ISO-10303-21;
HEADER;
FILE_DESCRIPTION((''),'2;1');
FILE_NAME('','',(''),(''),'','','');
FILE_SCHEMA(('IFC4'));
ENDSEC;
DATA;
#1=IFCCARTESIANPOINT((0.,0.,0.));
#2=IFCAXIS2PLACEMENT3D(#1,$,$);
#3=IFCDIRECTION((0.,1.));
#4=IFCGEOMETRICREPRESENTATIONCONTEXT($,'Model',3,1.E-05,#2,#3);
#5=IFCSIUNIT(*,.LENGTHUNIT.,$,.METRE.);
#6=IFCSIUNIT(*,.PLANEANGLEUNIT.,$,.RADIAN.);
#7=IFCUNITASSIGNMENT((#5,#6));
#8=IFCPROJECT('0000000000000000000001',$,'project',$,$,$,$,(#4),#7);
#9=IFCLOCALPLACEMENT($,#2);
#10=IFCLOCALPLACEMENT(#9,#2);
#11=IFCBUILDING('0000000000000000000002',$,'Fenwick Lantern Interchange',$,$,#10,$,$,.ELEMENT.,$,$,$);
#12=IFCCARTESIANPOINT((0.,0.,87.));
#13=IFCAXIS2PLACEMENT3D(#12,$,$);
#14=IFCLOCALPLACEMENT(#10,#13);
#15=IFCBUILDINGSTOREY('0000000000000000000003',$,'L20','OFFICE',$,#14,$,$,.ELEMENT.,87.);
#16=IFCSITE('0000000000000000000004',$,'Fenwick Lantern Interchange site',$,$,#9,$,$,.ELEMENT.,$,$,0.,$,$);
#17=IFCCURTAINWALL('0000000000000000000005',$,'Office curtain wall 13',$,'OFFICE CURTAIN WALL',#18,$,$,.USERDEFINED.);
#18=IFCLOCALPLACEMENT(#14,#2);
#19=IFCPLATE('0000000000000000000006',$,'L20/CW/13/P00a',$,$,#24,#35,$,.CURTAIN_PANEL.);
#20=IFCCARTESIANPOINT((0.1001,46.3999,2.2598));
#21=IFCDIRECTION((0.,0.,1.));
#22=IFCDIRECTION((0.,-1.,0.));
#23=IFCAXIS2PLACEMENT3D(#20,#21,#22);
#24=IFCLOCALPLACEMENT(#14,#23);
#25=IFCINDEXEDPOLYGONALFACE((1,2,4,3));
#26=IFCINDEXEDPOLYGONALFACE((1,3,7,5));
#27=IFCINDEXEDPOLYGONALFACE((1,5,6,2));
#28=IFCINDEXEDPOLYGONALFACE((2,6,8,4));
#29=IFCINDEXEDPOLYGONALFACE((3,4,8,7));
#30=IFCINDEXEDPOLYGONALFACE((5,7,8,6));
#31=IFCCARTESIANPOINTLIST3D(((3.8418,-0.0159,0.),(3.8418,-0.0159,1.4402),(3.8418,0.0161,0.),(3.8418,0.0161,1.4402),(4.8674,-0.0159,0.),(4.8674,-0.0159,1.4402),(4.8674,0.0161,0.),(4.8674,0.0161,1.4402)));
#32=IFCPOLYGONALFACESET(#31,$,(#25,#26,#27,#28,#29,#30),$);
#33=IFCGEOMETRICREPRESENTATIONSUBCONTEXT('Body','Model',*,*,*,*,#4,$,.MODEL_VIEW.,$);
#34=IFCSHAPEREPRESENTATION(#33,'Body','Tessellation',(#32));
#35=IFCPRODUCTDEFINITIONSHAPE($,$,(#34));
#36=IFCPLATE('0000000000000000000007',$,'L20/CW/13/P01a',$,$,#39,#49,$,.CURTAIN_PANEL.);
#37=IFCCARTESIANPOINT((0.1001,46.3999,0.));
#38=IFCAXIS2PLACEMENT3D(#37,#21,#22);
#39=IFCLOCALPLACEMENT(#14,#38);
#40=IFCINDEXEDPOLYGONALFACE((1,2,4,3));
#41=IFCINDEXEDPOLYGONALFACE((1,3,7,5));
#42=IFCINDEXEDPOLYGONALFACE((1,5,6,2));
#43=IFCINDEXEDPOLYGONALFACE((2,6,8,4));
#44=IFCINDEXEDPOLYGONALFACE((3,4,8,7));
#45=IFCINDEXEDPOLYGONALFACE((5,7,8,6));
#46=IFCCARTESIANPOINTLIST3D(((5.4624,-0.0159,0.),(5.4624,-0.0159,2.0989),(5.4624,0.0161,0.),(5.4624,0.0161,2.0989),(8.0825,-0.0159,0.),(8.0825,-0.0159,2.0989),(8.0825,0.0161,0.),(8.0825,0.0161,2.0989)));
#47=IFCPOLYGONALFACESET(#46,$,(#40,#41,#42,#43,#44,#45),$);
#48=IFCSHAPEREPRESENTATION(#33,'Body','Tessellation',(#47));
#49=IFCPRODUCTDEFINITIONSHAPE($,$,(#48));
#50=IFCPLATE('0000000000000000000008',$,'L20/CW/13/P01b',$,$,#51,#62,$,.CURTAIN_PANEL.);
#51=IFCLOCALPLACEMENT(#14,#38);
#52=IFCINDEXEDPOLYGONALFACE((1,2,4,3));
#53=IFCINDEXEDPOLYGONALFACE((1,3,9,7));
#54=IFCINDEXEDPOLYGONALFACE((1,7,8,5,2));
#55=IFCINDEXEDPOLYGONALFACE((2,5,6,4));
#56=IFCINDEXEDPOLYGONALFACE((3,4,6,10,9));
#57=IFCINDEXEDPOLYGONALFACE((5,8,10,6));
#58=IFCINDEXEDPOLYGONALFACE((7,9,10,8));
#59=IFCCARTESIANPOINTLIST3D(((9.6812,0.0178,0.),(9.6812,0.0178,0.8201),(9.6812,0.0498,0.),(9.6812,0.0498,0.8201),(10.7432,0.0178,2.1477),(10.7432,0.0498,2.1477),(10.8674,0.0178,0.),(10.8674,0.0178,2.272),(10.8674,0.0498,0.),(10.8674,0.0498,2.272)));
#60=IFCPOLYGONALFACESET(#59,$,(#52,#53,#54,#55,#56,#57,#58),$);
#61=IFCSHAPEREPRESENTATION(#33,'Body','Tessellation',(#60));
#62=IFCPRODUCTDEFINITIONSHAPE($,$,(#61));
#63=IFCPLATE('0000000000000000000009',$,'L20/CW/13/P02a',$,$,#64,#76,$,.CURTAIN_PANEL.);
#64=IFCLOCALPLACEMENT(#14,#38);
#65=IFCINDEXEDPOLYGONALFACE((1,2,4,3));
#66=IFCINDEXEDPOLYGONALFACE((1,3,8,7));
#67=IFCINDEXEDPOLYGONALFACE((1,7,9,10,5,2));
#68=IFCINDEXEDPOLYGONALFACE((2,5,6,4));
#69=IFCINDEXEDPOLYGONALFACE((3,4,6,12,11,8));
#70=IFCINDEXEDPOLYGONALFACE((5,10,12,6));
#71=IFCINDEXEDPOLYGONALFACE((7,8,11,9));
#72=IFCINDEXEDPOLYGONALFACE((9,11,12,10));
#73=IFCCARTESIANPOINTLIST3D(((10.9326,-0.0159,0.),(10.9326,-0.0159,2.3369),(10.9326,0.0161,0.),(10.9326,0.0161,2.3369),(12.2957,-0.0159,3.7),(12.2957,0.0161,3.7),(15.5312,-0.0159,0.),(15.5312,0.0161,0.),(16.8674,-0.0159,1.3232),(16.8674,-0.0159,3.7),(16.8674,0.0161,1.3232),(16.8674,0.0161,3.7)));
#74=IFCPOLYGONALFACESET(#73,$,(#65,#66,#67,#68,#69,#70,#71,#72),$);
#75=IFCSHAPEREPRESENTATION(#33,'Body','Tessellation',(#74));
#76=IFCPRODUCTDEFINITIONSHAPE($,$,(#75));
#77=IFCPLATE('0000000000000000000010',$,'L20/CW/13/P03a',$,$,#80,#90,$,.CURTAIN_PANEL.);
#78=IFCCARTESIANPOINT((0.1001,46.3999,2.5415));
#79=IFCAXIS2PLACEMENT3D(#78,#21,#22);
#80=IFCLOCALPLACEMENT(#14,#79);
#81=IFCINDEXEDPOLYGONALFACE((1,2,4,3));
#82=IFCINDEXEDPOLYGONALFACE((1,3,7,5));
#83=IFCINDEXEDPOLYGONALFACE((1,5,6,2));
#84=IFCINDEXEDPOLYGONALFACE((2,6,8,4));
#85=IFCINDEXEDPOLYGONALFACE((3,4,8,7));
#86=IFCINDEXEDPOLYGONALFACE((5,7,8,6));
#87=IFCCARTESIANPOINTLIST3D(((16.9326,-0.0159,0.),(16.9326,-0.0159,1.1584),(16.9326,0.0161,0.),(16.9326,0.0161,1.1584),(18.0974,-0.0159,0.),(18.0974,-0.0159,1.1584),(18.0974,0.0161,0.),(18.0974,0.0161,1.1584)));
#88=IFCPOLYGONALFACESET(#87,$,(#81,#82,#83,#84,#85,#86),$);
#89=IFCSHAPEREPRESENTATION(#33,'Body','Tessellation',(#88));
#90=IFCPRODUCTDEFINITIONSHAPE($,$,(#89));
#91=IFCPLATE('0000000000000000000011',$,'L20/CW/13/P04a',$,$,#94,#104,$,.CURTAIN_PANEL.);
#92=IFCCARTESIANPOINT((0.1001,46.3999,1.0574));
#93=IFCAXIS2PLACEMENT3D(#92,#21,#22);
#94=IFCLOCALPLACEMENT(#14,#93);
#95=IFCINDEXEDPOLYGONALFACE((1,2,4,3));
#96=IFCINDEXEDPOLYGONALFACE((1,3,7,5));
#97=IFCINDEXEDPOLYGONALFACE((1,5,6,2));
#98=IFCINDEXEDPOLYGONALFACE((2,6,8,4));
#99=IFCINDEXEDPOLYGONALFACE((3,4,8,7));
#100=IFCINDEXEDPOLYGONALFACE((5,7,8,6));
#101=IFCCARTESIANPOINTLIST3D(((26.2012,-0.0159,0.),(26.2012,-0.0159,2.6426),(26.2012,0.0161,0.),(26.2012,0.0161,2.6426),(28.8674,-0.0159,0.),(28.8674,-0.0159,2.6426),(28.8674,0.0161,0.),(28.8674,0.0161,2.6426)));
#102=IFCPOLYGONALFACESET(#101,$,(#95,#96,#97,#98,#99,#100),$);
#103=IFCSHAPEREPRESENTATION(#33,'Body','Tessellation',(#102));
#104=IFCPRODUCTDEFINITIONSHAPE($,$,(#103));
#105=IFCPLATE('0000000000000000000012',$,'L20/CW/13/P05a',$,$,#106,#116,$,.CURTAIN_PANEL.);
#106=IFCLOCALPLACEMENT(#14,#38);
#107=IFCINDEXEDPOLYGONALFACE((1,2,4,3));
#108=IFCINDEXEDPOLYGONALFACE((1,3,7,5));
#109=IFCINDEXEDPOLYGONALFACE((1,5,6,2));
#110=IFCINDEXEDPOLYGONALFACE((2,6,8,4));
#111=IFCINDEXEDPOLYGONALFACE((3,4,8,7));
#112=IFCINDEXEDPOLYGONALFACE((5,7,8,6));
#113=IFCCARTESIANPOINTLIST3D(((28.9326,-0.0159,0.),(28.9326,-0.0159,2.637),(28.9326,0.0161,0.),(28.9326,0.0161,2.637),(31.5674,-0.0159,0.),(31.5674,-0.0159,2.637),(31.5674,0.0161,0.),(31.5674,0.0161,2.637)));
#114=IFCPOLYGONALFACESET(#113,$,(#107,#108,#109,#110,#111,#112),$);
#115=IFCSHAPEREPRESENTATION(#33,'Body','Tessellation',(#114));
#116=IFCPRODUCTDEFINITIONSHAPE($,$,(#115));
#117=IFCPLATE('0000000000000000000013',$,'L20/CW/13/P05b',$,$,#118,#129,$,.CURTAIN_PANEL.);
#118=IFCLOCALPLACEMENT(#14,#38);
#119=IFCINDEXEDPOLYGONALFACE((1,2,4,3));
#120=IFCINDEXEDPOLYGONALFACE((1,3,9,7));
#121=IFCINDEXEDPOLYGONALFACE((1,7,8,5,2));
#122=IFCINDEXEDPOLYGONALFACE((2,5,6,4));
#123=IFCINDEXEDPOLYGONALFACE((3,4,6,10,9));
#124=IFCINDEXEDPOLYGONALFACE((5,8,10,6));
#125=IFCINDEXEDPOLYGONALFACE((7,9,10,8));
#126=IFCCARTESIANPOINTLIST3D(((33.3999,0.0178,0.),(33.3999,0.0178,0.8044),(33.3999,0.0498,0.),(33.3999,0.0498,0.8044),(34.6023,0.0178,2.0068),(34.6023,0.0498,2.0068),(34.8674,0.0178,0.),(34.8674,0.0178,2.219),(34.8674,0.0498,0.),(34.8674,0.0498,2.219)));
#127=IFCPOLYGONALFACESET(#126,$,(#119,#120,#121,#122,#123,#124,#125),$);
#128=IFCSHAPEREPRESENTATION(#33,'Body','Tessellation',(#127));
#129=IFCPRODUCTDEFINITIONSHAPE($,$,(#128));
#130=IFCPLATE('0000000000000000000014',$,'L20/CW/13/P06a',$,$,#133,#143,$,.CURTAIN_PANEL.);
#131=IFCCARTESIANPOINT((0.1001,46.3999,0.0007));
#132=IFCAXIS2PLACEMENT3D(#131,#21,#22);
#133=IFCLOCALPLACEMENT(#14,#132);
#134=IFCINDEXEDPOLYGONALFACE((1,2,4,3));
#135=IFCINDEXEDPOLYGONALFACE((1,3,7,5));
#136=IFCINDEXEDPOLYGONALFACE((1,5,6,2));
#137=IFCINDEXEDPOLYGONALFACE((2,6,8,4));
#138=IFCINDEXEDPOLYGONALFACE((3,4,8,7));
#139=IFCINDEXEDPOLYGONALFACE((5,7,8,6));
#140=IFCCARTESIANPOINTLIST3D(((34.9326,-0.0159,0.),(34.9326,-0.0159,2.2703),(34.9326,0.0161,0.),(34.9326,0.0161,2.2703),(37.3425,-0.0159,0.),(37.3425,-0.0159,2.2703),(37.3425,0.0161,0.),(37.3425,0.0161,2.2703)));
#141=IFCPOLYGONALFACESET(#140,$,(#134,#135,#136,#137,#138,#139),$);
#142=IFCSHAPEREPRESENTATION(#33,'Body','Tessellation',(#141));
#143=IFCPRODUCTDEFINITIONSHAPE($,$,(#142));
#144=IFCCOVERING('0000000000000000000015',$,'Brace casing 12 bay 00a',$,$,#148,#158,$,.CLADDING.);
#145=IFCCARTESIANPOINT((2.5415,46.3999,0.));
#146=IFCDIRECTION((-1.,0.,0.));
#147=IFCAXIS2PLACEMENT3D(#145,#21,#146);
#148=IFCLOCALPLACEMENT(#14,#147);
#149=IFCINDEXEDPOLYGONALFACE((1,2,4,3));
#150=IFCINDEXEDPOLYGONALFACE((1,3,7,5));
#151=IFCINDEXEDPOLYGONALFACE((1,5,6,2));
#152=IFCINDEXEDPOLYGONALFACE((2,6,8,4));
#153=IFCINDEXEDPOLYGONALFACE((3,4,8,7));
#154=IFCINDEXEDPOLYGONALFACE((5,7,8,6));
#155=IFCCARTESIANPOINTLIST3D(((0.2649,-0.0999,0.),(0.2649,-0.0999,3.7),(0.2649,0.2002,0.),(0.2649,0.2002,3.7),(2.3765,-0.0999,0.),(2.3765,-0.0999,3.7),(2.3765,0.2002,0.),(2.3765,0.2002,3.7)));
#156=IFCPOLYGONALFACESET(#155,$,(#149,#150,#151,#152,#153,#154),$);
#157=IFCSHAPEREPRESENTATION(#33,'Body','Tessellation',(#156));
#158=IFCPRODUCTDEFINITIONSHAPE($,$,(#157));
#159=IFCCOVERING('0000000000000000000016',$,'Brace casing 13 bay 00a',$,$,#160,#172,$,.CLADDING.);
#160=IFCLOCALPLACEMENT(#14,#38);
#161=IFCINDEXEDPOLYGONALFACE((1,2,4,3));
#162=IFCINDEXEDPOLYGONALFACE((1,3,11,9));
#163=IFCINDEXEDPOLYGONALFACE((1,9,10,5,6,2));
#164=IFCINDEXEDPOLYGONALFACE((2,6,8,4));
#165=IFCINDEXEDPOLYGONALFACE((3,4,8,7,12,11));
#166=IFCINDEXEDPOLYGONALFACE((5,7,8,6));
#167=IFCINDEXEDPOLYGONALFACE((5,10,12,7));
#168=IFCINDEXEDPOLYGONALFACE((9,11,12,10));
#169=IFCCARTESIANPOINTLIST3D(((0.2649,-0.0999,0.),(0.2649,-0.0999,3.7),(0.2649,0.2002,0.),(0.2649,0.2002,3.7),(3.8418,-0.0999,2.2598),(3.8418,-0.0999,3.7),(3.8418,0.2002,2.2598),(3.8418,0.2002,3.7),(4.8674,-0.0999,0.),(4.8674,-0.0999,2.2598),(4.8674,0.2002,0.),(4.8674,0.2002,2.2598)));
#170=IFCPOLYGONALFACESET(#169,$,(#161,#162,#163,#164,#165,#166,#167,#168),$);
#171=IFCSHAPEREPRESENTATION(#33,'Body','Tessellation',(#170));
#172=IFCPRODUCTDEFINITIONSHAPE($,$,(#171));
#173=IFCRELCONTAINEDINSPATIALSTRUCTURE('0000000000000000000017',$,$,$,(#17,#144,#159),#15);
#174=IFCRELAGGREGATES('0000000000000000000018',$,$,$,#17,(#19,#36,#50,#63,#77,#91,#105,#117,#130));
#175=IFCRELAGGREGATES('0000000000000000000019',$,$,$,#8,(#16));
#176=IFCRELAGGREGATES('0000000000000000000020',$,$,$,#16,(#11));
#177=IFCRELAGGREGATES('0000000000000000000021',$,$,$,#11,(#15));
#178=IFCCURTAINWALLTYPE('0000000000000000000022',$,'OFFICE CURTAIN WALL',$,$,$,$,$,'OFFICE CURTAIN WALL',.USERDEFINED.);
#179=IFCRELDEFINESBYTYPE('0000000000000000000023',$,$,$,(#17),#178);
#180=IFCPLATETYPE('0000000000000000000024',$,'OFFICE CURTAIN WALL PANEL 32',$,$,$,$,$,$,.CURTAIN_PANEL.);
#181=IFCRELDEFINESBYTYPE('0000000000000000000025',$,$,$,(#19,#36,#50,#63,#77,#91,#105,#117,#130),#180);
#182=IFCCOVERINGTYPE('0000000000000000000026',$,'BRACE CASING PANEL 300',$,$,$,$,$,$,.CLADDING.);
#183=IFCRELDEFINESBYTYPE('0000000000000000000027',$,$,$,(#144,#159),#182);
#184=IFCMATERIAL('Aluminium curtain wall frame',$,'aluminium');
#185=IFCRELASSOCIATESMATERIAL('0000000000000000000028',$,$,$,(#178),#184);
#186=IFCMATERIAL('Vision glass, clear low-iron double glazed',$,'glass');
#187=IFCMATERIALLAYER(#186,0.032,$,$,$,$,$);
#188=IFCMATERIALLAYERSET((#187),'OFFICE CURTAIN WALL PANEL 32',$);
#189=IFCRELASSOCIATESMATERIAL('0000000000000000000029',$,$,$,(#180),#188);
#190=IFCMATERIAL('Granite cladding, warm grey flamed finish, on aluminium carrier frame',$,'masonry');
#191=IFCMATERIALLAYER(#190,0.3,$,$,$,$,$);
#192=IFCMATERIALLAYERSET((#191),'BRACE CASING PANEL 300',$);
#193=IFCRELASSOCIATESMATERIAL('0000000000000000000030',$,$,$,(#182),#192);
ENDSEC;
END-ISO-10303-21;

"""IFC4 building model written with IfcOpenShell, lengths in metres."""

from ifc_helpers import new_model, si_unit, direction, frame, origin, place, context, subcontext, project, spatial, polyline, outline, extrude, material, layer, layer_set, type_object, element, aggregate, save


model = new_model("IFC4")

# Units and contexts
model_context = context("Model", 3, precision=1e-05, world=origin(), true_north=direction((0.0, 1.0)))
body_context = subcontext(model_context, "Body", "Model", "MODEL_VIEW")
ifc_project = project(units=[si_unit("LENGTHUNIT", "METRE"), si_unit("PLANEANGLEUNIT", "RADIAN")], contexts=[model_context])

# Site, building, storey
site_placement = place(None, origin())
site = spatial("IfcSite", under=ifc_project, at=site_placement, Name="Fenwick Lantern Interchange site", CompositionType="ELEMENT", RefElevation=0.0)
building_placement = place(site_placement, origin())
building = spatial("IfcBuilding", under=site, at=building_placement, Name="Fenwick Lantern Interchange", CompositionType="ELEMENT")
storey_placement = place(building_placement, frame((0.0, 0.0, 87.0)))
storey = spatial("IfcBuildingStorey", under=building, at=storey_placement, Name="L20", Description="OFFICE", CompositionType="ELEMENT", Elevation=87.0)

# Shared definitions
ifc_material_1 = material(Name="Aluminium curtain wall frame", Category="aluminium")
curtain_wall_type = type_object("IfcCurtainWallType", Name="OFFICE CURTAIN WALL", ElementType="OFFICE CURTAIN WALL", PredefinedType="USERDEFINED", material=ifc_material_1)

# Curtain wall
curtain_wall_1_placement = place(storey_placement, origin())
curtain_wall_1 = element("IfcCurtainWall", 1, at=curtain_wall_1_placement, inside=storey, type_object=curtain_wall_type, Name="Office curtain wall 13", ObjectType="OFFICE CURTAIN WALL", PredefinedType="USERDEFINED")

# Plates
ifc_material_2 = material(Name="Vision glass, clear low-iron double glazed", Category="glass")
ifc_layer_1 = layer(ifc_material_2, 0.032)
ifc_layer_set_1 = layer_set([ifc_layer_1], Name="OFFICE CURTAIN WALL PANEL 32")
plate_type = type_object("IfcPlateType", Name="OFFICE CURTAIN WALL PANEL 32", PredefinedType="CURTAIN_PANEL", material=ifc_layer_set_1)
plate_1_placement = place(storey_placement, frame((0.1001, 46.3999, 2.2598), z_axis=(0.0, 0.0, 1.0), x_axis=(0.0, -1.0, 0.0)))
plate_1 = element("IfcPlate", 2, at=plate_1_placement, type_object=plate_type, Name="L20/CW/13/P00a", PredefinedType="CURTAIN_PANEL", context=body_context, shape_type="SweptSolid", body=[
    extrude(outline(polyline([(3.8418, 0.0), (4.8674, 0.0), (4.8674, 1.4402), (3.8418, 1.4402), (3.8418, 0.0)])), frame((0.0, 0.0161, 0.0), z_axis=(0.0, -1.0, 0.0), x_axis=(1.0, 0.0, 0.0)), (0.0, 0.0, 1.0), 0.032),
])
plate_2_placement = place(storey_placement, frame((0.1001, 46.3999, 0.0), z_axis=(0.0, 0.0, 1.0), x_axis=(0.0, -1.0, 0.0)))
plate_2 = element("IfcPlate", 3, at=plate_2_placement, type_object=plate_type, Name="L20/CW/13/P01a", PredefinedType="CURTAIN_PANEL", context=body_context, shape_type="SweptSolid", body=[
    extrude(outline(polyline([(5.4624, 0.0), (8.0825, 0.0), (8.0825, 2.0989), (5.4624, 2.0989), (5.4624, 0.0)])), frame((0.0, 0.0161, 0.0), z_axis=(0.0, -1.0, 0.0), x_axis=(1.0, 0.0, 0.0)), (0.0, 0.0, 1.0), 0.032),
])
plate_3_placement = place(storey_placement, frame((0.1001, 46.3999, 0.0), z_axis=(0.0, 0.0, 1.0), x_axis=(0.0, -1.0, 0.0)))
plate_3 = element("IfcPlate", 4, at=plate_3_placement, type_object=plate_type, Name="L20/CW/13/P01b", PredefinedType="CURTAIN_PANEL", context=body_context, shape_type="SweptSolid", body=[
    extrude(outline(polyline([(9.6812, 0.0), (10.8674, 0.0), (10.8674, 2.272), (10.7432, 2.1477), (9.6812, 0.8201), (9.6812, 0.0)])), frame((0.0, 0.0498, 0.0), z_axis=(0.0, -1.0, 0.0), x_axis=(1.0, 0.0, 0.0)), (0.0, 0.0, 1.0), 0.032),
])
plate_4_placement = place(storey_placement, frame((0.1001, 46.3999, 0.0), z_axis=(0.0, 0.0, 1.0), x_axis=(0.0, -1.0, 0.0)))
plate_4 = element("IfcPlate", 5, at=plate_4_placement, type_object=plate_type, Name="L20/CW/13/P02a", PredefinedType="CURTAIN_PANEL", context=body_context, shape_type="SweptSolid", body=[
    extrude(outline(polyline([(10.9326, 0.0), (15.5312, 0.0), (16.8674, 1.3232), (16.8674, 3.7), (12.2957, 3.7), (10.9326, 2.3369), (10.9326, 0.0)])), frame((0.0, 0.0161, 0.0), z_axis=(0.0, -1.0, 0.0), x_axis=(1.0, 0.0, 0.0)), (0.0, 0.0, 1.0), 0.032),
])
plate_5_placement = place(storey_placement, frame((0.1001, 46.3999, 2.5415), z_axis=(0.0, 0.0, 1.0), x_axis=(0.0, -1.0, 0.0)))
plate_5 = element("IfcPlate", 6, at=plate_5_placement, type_object=plate_type, Name="L20/CW/13/P03a", PredefinedType="CURTAIN_PANEL", context=body_context, shape_type="SweptSolid", body=[
    extrude(outline(polyline([(16.9326, 0.0), (18.0974, 0.0), (18.0974, 1.1584), (16.9326, 1.1584), (16.9326, 0.0)])), frame((0.0, 0.0161, 0.0), z_axis=(0.0, -1.0, 0.0), x_axis=(1.0, 0.0, 0.0)), (0.0, 0.0, 1.0), 0.032),
])
plate_6_placement = place(storey_placement, frame((0.1001, 46.3999, 1.0574), z_axis=(0.0, 0.0, 1.0), x_axis=(0.0, -1.0, 0.0)))
plate_6 = element("IfcPlate", 7, at=plate_6_placement, type_object=plate_type, Name="L20/CW/13/P04a", PredefinedType="CURTAIN_PANEL", context=body_context, shape_type="SweptSolid", body=[
    extrude(outline(polyline([(26.2012, 0.0), (28.8674, 0.0), (28.8674, 2.6426), (26.2012, 2.6426), (26.2012, 0.0)])), frame((0.0, 0.0161, 0.0), z_axis=(0.0, -1.0, 0.0), x_axis=(1.0, 0.0, 0.0)), (0.0, 0.0, 1.0), 0.032),
])
plate_7_placement = place(storey_placement, frame((0.1001, 46.3999, 0.0), z_axis=(0.0, 0.0, 1.0), x_axis=(0.0, -1.0, 0.0)))
plate_7 = element("IfcPlate", 8, at=plate_7_placement, type_object=plate_type, Name="L20/CW/13/P05a", PredefinedType="CURTAIN_PANEL", context=body_context, shape_type="SweptSolid", body=[
    extrude(outline(polyline([(28.9326, 0.0), (31.5674, 0.0), (31.5674, 2.637), (28.9326, 2.637), (28.9326, 0.0)])), frame((0.0, 0.0161, 0.0), z_axis=(0.0, -1.0, 0.0), x_axis=(1.0, 0.0, 0.0)), (0.0, 0.0, 1.0), 0.032),
])
plate_8_placement = place(storey_placement, frame((0.1001, 46.3999, 0.0), z_axis=(0.0, 0.0, 1.0), x_axis=(0.0, -1.0, 0.0)))
plate_8 = element("IfcPlate", 9, at=plate_8_placement, type_object=plate_type, Name="L20/CW/13/P05b", PredefinedType="CURTAIN_PANEL", context=body_context, shape_type="SweptSolid", body=[
    extrude(outline(polyline([(33.3999, 0.0), (34.8674, 0.0), (34.8674, 2.219), (34.6023, 2.0068), (33.3999, 0.8044), (33.3999, 0.0)])), frame((0.0, 0.0498, 0.0), z_axis=(0.0, -1.0, 0.0), x_axis=(1.0, 0.0, 0.0)), (0.0, 0.0, 1.0), 0.032),
])
plate_9_placement = place(storey_placement, frame((0.1001, 46.3999, 0.0007), z_axis=(0.0, 0.0, 1.0), x_axis=(0.0, -1.0, 0.0)))
plate_9 = element("IfcPlate", 10, at=plate_9_placement, type_object=plate_type, Name="L20/CW/13/P06a", PredefinedType="CURTAIN_PANEL", context=body_context, shape_type="SweptSolid", body=[
    extrude(outline(polyline([(34.9326, 0.0), (37.3425, 0.0), (37.3425, 2.2703), (34.9326, 2.2703), (34.9326, 0.0)])), frame((0.0, 0.0161, 0.0), z_axis=(0.0, -1.0, 0.0), x_axis=(1.0, 0.0, 0.0)), (0.0, 0.0, 1.0), 0.032),
])
aggregate(curtain_wall_1, [plate_1, plate_2, plate_3, plate_4, plate_5, plate_6, plate_7, plate_8, plate_9])

# Coverings
ifc_material_3 = material(Name="Granite cladding, warm grey flamed finish, on aluminium carrier frame", Category="masonry")
ifc_layer_2 = layer(ifc_material_3, 0.3)
ifc_layer_set_2 = layer_set([ifc_layer_2], Name="BRACE CASING PANEL 300")
covering_type = type_object("IfcCoveringType", Name="BRACE CASING PANEL 300", PredefinedType="CLADDING", material=ifc_layer_set_2)
covering_1_placement = place(storey_placement, frame((2.5415, 46.3999, 0.0), z_axis=(0.0, 0.0, 1.0), x_axis=(-1.0, 0.0, 0.0)))
element("IfcCovering", 11, at=covering_1_placement, inside=storey, type_object=covering_type, Name="Brace casing 12 bay 00a", PredefinedType="CLADDING", context=body_context, shape_type="SweptSolid", body=[
    extrude(outline(polyline([(0.2649, 0.0), (2.3765, 0.0), (2.3765, 3.7), (0.2649, 3.7), (0.2649, 0.0)])), frame((0.0, 0.2002, 0.0), z_axis=(0.0, -1.0, 0.0), x_axis=(1.0, 0.0, 0.0)), (0.0, 0.0, 1.0), 0.3),
])
covering_2_placement = place(storey_placement, frame((0.1001, 46.3999, 0.0), z_axis=(0.0, 0.0, 1.0), x_axis=(0.0, -1.0, 0.0)))
element("IfcCovering", 12, at=covering_2_placement, inside=storey, type_object=covering_type, Name="Brace casing 13 bay 00a", PredefinedType="CLADDING", context=body_context, shape_type="SweptSolid", body=[
    extrude(outline(polyline([(0.2649, 0.0), (4.8674, 0.0), (4.8674, 2.2598), (3.8418, 2.2598), (3.8418, 3.7), (0.2649, 3.7), (0.2649, 0.0)])), frame((0.0, 0.2002, 0.0), z_axis=(0.0, -1.0, 0.0), x_axis=(1.0, 0.0, 0.0)), (0.0, 0.0, 1.0), 0.3),
])

save(model, "model.ifc")
